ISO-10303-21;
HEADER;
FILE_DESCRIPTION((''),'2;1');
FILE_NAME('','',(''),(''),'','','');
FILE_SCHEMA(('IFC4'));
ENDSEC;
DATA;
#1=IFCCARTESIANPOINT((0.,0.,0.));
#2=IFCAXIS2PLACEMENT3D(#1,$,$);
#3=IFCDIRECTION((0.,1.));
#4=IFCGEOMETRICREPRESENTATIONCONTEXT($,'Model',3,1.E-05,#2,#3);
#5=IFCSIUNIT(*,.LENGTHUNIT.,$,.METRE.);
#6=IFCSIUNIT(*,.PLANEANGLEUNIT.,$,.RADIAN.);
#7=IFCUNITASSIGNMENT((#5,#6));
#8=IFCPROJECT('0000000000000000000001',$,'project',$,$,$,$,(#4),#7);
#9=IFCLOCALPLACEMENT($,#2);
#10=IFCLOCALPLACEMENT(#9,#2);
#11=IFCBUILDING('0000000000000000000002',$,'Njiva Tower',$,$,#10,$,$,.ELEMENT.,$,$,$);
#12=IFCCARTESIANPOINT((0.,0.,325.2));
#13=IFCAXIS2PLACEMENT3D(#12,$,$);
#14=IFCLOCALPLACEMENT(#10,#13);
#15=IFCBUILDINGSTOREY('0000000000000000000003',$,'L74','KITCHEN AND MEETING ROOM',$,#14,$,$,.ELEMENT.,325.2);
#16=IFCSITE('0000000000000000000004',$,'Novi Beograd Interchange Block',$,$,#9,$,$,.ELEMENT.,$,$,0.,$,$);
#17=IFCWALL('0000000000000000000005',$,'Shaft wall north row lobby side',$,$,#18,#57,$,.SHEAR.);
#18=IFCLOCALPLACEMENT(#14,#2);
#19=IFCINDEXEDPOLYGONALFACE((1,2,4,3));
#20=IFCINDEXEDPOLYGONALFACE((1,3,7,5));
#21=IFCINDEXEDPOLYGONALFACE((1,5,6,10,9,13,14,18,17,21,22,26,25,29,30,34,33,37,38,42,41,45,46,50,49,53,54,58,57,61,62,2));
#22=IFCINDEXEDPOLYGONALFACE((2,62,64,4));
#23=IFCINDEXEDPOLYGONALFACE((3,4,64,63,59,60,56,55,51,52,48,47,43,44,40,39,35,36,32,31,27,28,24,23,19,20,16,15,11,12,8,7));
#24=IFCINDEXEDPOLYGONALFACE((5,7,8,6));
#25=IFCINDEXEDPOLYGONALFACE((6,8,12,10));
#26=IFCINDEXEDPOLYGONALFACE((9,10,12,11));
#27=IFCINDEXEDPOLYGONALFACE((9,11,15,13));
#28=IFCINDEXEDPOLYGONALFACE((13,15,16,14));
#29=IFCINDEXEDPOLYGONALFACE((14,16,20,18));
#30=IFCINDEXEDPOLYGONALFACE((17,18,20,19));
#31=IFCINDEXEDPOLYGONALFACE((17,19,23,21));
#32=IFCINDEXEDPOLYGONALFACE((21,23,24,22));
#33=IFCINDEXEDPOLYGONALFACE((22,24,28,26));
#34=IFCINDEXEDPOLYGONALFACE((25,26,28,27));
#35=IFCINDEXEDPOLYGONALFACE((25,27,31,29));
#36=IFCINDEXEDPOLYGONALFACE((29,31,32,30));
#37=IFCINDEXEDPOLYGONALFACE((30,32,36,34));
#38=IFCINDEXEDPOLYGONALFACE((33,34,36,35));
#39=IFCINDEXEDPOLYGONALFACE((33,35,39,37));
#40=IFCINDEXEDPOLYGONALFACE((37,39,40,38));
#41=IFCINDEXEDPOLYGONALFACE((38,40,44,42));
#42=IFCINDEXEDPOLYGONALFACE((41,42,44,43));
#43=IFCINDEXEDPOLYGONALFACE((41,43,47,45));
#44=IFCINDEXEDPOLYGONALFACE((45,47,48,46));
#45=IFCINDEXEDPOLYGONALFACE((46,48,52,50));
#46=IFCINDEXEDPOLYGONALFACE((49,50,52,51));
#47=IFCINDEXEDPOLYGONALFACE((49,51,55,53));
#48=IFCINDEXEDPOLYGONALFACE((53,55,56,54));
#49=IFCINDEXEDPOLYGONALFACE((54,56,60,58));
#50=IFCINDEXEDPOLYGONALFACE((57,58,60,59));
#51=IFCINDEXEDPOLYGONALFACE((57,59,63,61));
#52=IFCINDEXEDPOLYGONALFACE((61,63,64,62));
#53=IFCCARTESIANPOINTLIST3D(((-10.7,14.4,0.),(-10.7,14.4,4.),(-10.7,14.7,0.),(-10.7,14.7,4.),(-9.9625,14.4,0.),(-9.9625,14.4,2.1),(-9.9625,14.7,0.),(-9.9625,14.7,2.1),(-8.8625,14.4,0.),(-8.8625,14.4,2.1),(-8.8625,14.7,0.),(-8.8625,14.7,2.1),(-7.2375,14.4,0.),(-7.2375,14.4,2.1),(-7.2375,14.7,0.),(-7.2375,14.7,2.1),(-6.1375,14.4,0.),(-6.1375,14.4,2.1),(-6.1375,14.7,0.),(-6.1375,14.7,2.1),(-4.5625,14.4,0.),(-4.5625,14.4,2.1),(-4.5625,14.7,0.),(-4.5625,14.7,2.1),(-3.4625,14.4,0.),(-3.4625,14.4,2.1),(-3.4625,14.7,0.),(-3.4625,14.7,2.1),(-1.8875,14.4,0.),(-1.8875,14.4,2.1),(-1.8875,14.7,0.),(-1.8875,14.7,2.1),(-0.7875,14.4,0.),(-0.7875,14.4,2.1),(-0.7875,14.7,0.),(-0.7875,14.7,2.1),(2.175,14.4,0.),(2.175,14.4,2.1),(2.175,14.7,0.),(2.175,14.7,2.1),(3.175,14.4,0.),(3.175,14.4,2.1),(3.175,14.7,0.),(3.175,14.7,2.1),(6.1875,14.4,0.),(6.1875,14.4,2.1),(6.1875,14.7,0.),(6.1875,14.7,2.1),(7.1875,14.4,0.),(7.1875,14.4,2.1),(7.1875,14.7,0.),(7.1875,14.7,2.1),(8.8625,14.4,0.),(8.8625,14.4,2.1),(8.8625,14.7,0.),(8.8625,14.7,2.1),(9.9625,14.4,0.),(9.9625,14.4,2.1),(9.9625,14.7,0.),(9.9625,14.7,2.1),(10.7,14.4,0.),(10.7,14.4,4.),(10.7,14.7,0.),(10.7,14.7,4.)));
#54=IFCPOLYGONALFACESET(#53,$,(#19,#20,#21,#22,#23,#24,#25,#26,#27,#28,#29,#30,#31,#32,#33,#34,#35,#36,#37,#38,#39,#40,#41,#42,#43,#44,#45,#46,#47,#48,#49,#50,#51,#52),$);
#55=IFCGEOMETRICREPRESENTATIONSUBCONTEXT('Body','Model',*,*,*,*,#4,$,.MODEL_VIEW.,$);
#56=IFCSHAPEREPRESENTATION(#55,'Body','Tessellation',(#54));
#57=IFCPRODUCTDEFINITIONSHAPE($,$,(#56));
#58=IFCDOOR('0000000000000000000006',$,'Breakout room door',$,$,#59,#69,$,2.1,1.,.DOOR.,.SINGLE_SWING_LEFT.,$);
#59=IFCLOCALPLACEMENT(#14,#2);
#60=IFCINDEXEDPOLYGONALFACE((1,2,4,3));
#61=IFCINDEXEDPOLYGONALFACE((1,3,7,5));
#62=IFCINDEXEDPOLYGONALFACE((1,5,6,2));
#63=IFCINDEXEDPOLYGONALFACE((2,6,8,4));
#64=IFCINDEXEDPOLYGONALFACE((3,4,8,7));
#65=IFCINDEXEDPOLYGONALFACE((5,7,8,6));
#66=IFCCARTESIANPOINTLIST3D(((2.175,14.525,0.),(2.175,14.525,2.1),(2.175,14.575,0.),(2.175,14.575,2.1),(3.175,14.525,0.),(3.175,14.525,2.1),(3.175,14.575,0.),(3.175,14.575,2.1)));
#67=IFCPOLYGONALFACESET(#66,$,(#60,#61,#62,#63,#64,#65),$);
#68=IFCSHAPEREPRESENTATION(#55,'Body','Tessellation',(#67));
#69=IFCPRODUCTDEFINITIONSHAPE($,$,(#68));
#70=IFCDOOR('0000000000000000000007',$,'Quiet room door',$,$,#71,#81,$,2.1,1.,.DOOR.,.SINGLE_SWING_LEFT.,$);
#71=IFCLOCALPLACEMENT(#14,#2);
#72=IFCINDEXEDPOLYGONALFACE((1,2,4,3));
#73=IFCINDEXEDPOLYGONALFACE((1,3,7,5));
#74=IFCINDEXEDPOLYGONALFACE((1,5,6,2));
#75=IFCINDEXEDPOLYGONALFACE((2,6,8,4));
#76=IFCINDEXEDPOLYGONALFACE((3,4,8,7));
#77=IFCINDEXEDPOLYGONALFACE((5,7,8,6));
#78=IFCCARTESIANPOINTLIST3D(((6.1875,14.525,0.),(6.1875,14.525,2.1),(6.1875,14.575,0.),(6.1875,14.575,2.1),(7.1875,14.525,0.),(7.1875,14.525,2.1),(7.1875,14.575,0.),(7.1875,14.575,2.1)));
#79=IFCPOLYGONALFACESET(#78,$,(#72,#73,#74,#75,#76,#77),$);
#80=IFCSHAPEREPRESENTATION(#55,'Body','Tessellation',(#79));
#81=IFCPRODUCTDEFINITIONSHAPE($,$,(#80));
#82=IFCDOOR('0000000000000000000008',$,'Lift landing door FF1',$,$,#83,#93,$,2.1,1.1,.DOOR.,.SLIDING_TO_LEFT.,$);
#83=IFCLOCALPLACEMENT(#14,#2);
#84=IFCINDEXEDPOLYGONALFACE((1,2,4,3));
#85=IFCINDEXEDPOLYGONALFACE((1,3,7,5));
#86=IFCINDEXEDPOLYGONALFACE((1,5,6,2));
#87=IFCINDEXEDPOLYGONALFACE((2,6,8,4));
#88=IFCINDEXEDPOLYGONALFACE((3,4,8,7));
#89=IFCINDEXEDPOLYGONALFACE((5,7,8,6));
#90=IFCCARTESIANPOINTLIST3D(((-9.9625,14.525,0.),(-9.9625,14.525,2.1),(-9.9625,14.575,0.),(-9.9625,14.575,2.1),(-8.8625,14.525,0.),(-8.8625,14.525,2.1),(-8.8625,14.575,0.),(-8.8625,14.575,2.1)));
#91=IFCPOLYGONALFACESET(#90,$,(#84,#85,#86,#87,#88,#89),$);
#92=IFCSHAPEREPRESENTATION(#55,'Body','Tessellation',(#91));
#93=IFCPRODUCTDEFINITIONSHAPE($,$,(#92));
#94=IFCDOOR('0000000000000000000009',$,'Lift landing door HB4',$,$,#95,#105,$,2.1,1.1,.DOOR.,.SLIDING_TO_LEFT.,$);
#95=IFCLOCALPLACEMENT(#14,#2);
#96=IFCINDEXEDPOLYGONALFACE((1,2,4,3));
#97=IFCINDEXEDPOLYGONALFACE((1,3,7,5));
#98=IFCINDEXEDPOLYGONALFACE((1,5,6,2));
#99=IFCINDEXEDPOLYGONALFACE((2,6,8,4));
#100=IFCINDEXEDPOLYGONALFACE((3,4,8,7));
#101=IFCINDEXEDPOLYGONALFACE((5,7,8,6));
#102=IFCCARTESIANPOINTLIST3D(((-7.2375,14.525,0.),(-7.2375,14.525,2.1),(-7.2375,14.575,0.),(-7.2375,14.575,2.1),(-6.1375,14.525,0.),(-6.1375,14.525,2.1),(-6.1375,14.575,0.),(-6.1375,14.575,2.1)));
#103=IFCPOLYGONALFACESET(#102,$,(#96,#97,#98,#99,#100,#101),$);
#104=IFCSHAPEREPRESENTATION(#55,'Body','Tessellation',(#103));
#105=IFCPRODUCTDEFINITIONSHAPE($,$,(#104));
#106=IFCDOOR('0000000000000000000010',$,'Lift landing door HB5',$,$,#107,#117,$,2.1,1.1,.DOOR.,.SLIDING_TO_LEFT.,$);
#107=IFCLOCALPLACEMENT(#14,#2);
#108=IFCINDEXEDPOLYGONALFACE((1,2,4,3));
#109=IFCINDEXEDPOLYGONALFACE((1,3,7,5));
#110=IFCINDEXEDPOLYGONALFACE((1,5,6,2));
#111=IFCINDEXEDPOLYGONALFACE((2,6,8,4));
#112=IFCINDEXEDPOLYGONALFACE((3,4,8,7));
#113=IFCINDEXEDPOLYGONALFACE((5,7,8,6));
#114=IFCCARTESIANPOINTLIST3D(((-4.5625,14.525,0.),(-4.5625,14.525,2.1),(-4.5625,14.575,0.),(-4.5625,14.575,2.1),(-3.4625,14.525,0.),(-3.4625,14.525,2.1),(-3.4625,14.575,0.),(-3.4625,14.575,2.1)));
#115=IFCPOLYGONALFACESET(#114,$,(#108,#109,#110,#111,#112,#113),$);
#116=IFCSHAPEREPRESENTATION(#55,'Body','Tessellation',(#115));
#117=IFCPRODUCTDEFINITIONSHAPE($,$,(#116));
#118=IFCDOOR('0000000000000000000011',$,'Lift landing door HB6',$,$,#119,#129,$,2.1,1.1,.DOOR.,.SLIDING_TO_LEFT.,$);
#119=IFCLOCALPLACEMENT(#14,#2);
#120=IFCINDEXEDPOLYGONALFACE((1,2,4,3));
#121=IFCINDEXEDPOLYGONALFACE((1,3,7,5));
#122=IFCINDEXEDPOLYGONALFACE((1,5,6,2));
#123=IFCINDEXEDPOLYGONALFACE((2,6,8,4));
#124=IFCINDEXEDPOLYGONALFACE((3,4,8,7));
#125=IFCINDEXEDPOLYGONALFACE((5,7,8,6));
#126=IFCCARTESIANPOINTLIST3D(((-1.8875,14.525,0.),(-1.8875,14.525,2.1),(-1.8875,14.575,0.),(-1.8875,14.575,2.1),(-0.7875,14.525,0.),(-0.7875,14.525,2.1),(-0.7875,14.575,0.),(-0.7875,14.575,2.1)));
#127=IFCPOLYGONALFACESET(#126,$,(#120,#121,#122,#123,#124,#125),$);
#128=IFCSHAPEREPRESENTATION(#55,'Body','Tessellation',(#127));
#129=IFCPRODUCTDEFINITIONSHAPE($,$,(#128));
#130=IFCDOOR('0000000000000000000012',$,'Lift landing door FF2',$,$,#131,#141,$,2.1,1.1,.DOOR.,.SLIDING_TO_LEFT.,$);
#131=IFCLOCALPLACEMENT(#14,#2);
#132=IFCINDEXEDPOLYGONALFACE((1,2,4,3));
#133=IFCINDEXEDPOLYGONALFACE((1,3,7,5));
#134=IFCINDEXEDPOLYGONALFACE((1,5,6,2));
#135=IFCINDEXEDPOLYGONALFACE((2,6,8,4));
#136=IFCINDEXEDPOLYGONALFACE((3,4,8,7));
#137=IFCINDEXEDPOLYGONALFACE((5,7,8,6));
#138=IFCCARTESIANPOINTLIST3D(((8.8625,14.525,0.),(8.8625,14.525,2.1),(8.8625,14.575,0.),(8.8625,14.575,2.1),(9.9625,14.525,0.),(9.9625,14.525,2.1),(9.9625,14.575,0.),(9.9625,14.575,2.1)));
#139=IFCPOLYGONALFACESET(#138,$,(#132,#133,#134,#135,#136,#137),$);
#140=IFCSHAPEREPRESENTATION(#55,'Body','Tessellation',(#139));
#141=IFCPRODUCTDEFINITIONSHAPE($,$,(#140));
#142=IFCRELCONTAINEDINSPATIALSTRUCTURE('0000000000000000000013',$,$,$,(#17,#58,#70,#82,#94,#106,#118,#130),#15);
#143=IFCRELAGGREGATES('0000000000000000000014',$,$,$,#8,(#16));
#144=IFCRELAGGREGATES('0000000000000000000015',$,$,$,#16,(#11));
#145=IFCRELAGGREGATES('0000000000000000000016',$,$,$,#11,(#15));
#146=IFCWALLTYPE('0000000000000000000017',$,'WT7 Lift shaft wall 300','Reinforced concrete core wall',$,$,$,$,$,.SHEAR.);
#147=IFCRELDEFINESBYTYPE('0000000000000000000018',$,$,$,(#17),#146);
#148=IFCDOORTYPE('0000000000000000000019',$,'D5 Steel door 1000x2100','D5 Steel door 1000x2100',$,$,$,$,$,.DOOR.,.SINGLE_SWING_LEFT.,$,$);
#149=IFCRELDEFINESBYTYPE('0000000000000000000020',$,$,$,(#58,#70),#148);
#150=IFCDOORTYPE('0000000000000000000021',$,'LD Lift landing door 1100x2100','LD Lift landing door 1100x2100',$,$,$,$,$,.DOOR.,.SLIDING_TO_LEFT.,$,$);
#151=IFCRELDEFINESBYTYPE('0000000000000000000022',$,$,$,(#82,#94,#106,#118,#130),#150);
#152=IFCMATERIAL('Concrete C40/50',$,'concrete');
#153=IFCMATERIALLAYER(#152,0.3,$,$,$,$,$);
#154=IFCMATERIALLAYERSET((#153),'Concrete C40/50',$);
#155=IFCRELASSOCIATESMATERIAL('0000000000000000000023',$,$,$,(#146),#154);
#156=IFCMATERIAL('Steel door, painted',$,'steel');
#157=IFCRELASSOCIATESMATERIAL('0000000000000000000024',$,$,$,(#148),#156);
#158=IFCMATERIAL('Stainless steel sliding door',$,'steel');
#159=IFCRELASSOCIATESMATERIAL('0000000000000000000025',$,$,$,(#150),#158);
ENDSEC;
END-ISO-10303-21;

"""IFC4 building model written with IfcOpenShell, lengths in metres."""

from ifc_helpers import new_model, si_unit, direction, frame, frame_2d, origin, place, context, subcontext, project, spatial, rectangle, extrude, material, layer, layer_set, type_object, element, fill, save


model = new_model("IFC4")

# Units and contexts
model_context = context("Model", 3, precision=1e-05, world=origin(), true_north=direction((0.0, 1.0)))
body_context = subcontext(model_context, "Body", "Model", "MODEL_VIEW")
ifc_project = project(units=[si_unit("LENGTHUNIT", "METRE"), si_unit("PLANEANGLEUNIT", "RADIAN")], contexts=[model_context])

# Site, building, storey
site_placement = place(None, origin())
site = spatial("IfcSite", under=ifc_project, at=site_placement, Name="Novi Beograd Interchange Block", CompositionType="ELEMENT", RefElevation=0.0)
building_placement = place(site_placement, origin())
building = spatial("IfcBuilding", under=site, at=building_placement, Name="Njiva Tower", CompositionType="ELEMENT")
storey_placement = place(building_placement, frame((0.0, 0.0, 325.2)))
storey = spatial("IfcBuildingStorey", under=building, at=storey_placement, Name="L74", Description="KITCHEN AND MEETING ROOM", CompositionType="ELEMENT", Elevation=325.2)

# Shared definitions
ifc_material_1 = material(Name="Concrete C40/50", Category="concrete")

# Wall, openings, doors
ifc_layer_1 = layer(ifc_material_1, 0.3)
ifc_layer_set_1 = layer_set([ifc_layer_1], Name="Concrete C40/50")
wall_type_1 = type_object("IfcWallType", Name="WT7 Lift shaft wall 300", Description="Reinforced concrete core wall", PredefinedType="SHEAR", material=ifc_layer_set_1)
wall_1_placement = place(storey_placement, frame((-10.7, 14.55, 0.0), z_axis=(0.0, 0.0, 1.0), x_axis=(1.0, 0.0, 0.0)))
wall_1 = element("IfcWall", 1, at=wall_1_placement, inside=storey, type_object=wall_type_1, Name="Shaft wall north row lobby side", PredefinedType="SHEAR", context=body_context, shape_type="SweptSolid", body=[
    extrude(rectangle(XDim=21.4, YDim=0.3, at=frame_2d((10.7, 0.0))), origin(), (0.0, 0.0, 1.0), 4.0),
])
opening_1_placement = place(wall_1_placement, frame((0.7375, 0.0, 0.0)))
opening_1 = element("IfcOpeningElement", 2, at=opening_1_placement, cuts=wall_1, PredefinedType="OPENING", context=body_context, shape_type="SweptSolid", body=[
    extrude(rectangle(XDim=1.1, YDim=2.1, at=frame_2d((0.55, 1.05))), frame((0.0, 0.16, 0.0), z_axis=(0.0, -1.0, 0.0), x_axis=(1.0, 0.0, 0.0)), (0.0, 0.0, 1.0), 0.32),
])
opening_2_placement = place(wall_1_placement, frame((3.4625, 0.0, 0.0)))
opening_2 = element("IfcOpeningElement", 3, at=opening_2_placement, cuts=wall_1, PredefinedType="OPENING", context=body_context, shape_type="SweptSolid", body=[
    extrude(rectangle(XDim=1.1, YDim=2.1, at=frame_2d((0.55, 1.05))), frame((0.0, 0.16, 0.0), z_axis=(0.0, -1.0, 0.0), x_axis=(1.0, 0.0, 0.0)), (0.0, 0.0, 1.0), 0.32),
])
opening_3_placement = place(wall_1_placement, frame((6.1375, 0.0, 0.0)))
opening_3 = element("IfcOpeningElement", 4, at=opening_3_placement, cuts=wall_1, PredefinedType="OPENING", context=body_context, shape_type="SweptSolid", body=[
    extrude(rectangle(XDim=1.1, YDim=2.1, at=frame_2d((0.55, 1.05))), frame((0.0, 0.16, 0.0), z_axis=(0.0, -1.0, 0.0), x_axis=(1.0, 0.0, 0.0)), (0.0, 0.0, 1.0), 0.32),
])
opening_4_placement = place(wall_1_placement, frame((8.8125, 0.0, 0.0)))
opening_4 = element("IfcOpeningElement", 5, at=opening_4_placement, cuts=wall_1, PredefinedType="OPENING", context=body_context, shape_type="SweptSolid", body=[
    extrude(rectangle(XDim=1.1, YDim=2.1, at=frame_2d((0.55, 1.05))), frame((0.0, 0.16, 0.0), z_axis=(0.0, -1.0, 0.0), x_axis=(1.0, 0.0, 0.0)), (0.0, 0.0, 1.0), 0.32),
])
opening_5_placement = place(wall_1_placement, frame((19.5625, 0.0, 0.0)))
opening_5 = element("IfcOpeningElement", 6, at=opening_5_placement, cuts=wall_1, PredefinedType="OPENING", context=body_context, shape_type="SweptSolid", body=[
    extrude(rectangle(XDim=1.1, YDim=2.1, at=frame_2d((0.55, 1.05))), frame((0.0, 0.16, 0.0), z_axis=(0.0, -1.0, 0.0), x_axis=(1.0, 0.0, 0.0)), (0.0, 0.0, 1.0), 0.32),
])
opening_6_placement = place(wall_1_placement, frame((12.875, 0.0, 0.0)))
opening_6 = element("IfcOpeningElement", 7, at=opening_6_placement, cuts=wall_1, PredefinedType="OPENING", context=body_context, shape_type="SweptSolid", body=[
    extrude(rectangle(XDim=1.0, YDim=2.1, at=frame_2d((0.5, 1.05))), frame((0.0, 0.16, 0.0), z_axis=(0.0, -1.0, 0.0), x_axis=(1.0, 0.0, 0.0)), (0.0, 0.0, 1.0), 0.32),
])
opening_7_placement = place(wall_1_placement, frame((16.8875, 0.0, 0.0)))
opening_7 = element("IfcOpeningElement", 8, at=opening_7_placement, cuts=wall_1, PredefinedType="OPENING", context=body_context, shape_type="SweptSolid", body=[
    extrude(rectangle(XDim=1.0, YDim=2.1, at=frame_2d((0.5, 1.05))), frame((0.0, 0.16, 0.0), z_axis=(0.0, -1.0, 0.0), x_axis=(1.0, 0.0, 0.0)), (0.0, 0.0, 1.0), 0.32),
])
ifc_material_2 = material(Name="Steel door, painted", Category="steel")
door_type_1 = type_object("IfcDoorType", Name="D5 Steel door 1000x2100", Description="D5 Steel door 1000x2100", OperationType="SINGLE_SWING_LEFT", PredefinedType="DOOR", material=ifc_material_2)
door_1_placement = place(opening_6_placement, origin())
door_1 = element("IfcDoor", 9, at=door_1_placement, inside=storey, type_object=door_type_1, Name="Breakout room door", OperationType="SINGLE_SWING_LEFT", OverallHeight=2.1, OverallWidth=1.0, PredefinedType="DOOR", context=body_context, shape_type="SweptSolid", body=[
    extrude(rectangle(XDim=1.0, YDim=2.1, at=frame_2d((0.5, 1.05))), frame((0.0, 0.025, 0.0), z_axis=(0.0, -1.0, 0.0), x_axis=(1.0, 0.0, 0.0)), (0.0, 0.0, 1.0), 0.05),
])
fill(opening_6, door_1)
door_2_placement = place(opening_7_placement, origin())
door_2 = element("IfcDoor", 10, at=door_2_placement, inside=storey, type_object=door_type_1, Name="Quiet room door", OperationType="SINGLE_SWING_LEFT", OverallHeight=2.1, OverallWidth=1.0, PredefinedType="DOOR", context=body_context, shape_type="SweptSolid", body=[
    extrude(rectangle(XDim=1.0, YDim=2.1, at=frame_2d((0.5, 1.05))), frame((0.0, 0.025, 0.0), z_axis=(0.0, -1.0, 0.0), x_axis=(1.0, 0.0, 0.0)), (0.0, 0.0, 1.0), 0.05),
])
fill(opening_7, door_2)
ifc_material_3 = material(Name="Stainless steel sliding door", Category="steel")
door_type_2 = type_object("IfcDoorType", Name="LD Lift landing door 1100x2100", Description="LD Lift landing door 1100x2100", OperationType="SLIDING_TO_LEFT", PredefinedType="DOOR", material=ifc_material_3)
door_3_placement = place(opening_1_placement, origin())
door_3 = element("IfcDoor", 11, at=door_3_placement, inside=storey, type_object=door_type_2, Name="Lift landing door FF1", OperationType="SLIDING_TO_LEFT", OverallHeight=2.1, OverallWidth=1.1, PredefinedType="DOOR", context=body_context, shape_type="SweptSolid", body=[
    extrude(rectangle(XDim=1.1, YDim=2.1, at=frame_2d((0.55, 1.05))), frame((0.0, 0.025, 0.0), z_axis=(0.0, -1.0, 0.0), x_axis=(1.0, 0.0, 0.0)), (0.0, 0.0, 1.0), 0.05),
])
fill(opening_1, door_3)
door_4_placement = place(opening_2_placement, origin())
door_4 = element("IfcDoor", 12, at=door_4_placement, inside=storey, type_object=door_type_2, Name="Lift landing door HB4", OperationType="SLIDING_TO_LEFT", OverallHeight=2.1, OverallWidth=1.1, PredefinedType="DOOR", context=body_context, shape_type="SweptSolid", body=[
    extrude(rectangle(XDim=1.1, YDim=2.1, at=frame_2d((0.55, 1.05))), frame((0.0, 0.025, 0.0), z_axis=(0.0, -1.0, 0.0), x_axis=(1.0, 0.0, 0.0)), (0.0, 0.0, 1.0), 0.05),
])
fill(opening_2, door_4)
door_5_placement = place(opening_3_placement, origin())
door_5 = element("IfcDoor", 13, at=door_5_placement, inside=storey, type_object=door_type_2, Name="Lift landing door HB5", OperationType="SLIDING_TO_LEFT", OverallHeight=2.1, OverallWidth=1.1, PredefinedType="DOOR", context=body_context, shape_type="SweptSolid", body=[
    extrude(rectangle(XDim=1.1, YDim=2.1, at=frame_2d((0.55, 1.05))), frame((0.0, 0.025, 0.0), z_axis=(0.0, -1.0, 0.0), x_axis=(1.0, 0.0, 0.0)), (0.0, 0.0, 1.0), 0.05),
])
fill(opening_3, door_5)
door_6_placement = place(opening_4_placement, origin())
door_6 = element("IfcDoor", 14, at=door_6_placement, inside=storey, type_object=door_type_2, Name="Lift landing door HB6", OperationType="SLIDING_TO_LEFT", OverallHeight=2.1, OverallWidth=1.1, PredefinedType="DOOR", context=body_context, shape_type="SweptSolid", body=[
    extrude(rectangle(XDim=1.1, YDim=2.1, at=frame_2d((0.55, 1.05))), frame((0.0, 0.025, 0.0), z_axis=(0.0, -1.0, 0.0), x_axis=(1.0, 0.0, 0.0)), (0.0, 0.0, 1.0), 0.05),
])
fill(opening_4, door_6)
door_7_placement = place(opening_5_placement, origin())
door_7 = element("IfcDoor", 15, at=door_7_placement, inside=storey, type_object=door_type_2, Name="Lift landing door FF2", OperationType="SLIDING_TO_LEFT", OverallHeight=2.1, OverallWidth=1.1, PredefinedType="DOOR", context=body_context, shape_type="SweptSolid", body=[
    extrude(rectangle(XDim=1.1, YDim=2.1, at=frame_2d((0.55, 1.05))), frame((0.0, 0.025, 0.0), z_axis=(0.0, -1.0, 0.0), x_axis=(1.0, 0.0, 0.0)), (0.0, 0.0, 1.0), 0.05),
])
fill(opening_5, door_7)

save(model, "model.ifc")
